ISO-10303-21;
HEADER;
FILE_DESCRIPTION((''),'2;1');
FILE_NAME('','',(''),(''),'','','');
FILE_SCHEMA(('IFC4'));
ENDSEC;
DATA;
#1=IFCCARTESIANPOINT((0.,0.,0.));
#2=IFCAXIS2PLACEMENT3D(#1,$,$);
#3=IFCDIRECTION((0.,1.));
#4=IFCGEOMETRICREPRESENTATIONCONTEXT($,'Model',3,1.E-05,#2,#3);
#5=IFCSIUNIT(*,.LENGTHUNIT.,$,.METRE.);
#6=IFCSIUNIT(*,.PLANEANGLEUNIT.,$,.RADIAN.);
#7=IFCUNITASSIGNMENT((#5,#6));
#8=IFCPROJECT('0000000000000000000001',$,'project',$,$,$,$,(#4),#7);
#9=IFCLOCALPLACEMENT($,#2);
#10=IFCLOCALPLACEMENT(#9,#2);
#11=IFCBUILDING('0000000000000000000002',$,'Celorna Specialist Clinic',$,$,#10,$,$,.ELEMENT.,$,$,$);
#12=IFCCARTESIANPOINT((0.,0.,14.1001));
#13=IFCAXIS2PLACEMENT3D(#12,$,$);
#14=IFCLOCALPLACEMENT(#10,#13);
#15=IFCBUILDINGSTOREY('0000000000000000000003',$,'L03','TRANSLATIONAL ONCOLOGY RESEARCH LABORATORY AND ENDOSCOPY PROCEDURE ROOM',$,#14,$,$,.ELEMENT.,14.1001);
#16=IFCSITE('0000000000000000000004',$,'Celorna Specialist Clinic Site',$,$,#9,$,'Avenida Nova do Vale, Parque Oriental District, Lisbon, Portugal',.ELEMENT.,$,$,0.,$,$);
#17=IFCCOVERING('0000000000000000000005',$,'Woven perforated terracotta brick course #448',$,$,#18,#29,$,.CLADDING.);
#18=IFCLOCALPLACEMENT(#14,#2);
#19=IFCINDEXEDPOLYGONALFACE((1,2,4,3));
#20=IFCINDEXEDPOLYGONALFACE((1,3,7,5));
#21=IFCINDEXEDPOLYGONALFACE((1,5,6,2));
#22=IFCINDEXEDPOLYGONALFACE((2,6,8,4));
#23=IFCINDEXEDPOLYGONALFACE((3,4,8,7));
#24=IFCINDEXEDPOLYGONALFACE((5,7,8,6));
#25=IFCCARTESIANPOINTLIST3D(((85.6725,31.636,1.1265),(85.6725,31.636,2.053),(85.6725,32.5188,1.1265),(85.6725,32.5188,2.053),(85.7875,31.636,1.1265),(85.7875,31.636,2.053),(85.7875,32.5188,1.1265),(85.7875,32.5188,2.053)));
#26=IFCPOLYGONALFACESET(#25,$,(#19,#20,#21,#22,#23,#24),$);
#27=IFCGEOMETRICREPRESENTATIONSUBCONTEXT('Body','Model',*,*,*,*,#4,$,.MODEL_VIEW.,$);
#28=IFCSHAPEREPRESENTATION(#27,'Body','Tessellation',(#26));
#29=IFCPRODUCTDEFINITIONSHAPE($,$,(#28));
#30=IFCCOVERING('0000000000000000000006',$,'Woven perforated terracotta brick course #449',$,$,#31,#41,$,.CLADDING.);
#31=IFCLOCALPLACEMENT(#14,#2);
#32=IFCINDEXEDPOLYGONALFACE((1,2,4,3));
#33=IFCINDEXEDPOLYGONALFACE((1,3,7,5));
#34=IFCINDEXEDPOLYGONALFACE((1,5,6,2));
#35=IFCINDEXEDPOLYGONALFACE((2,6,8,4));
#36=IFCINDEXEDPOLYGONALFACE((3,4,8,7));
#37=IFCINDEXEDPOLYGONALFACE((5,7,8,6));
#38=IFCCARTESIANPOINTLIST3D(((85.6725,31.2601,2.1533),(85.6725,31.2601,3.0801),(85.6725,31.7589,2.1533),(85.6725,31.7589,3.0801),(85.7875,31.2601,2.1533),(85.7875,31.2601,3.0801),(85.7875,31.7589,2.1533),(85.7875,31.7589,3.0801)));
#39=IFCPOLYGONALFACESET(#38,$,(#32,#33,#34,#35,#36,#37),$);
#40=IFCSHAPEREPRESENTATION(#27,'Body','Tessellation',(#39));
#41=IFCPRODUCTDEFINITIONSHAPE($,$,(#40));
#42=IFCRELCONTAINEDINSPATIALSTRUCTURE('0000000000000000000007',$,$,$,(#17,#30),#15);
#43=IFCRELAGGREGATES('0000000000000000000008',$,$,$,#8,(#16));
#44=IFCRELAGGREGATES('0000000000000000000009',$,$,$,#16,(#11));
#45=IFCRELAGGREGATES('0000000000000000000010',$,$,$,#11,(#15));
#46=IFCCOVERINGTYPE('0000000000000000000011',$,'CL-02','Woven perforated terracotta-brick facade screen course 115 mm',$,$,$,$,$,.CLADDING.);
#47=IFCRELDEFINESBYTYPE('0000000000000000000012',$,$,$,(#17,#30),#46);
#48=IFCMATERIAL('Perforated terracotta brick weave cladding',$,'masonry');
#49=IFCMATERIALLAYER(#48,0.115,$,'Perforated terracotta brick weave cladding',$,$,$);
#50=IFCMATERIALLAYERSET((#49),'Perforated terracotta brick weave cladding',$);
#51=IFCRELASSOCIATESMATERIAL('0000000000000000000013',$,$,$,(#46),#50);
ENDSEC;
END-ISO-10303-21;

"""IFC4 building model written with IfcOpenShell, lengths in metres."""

from ifc_helpers import new_model, si_unit, direction, frame, origin, origin_2d, place, context, subcontext, project, spatial, rectangle, extrude, material, layer, layer_set, type_object, element, save


model = new_model("IFC4")

# Units and contexts
model_context = context("Model", 3, precision=1e-05, world=origin(), true_north=direction((0.0, 1.0)))
body_context = subcontext(model_context, "Body", "Model", "MODEL_VIEW")
ifc_project = project(units=[si_unit("LENGTHUNIT", "METRE"), si_unit("PLANEANGLEUNIT", "RADIAN")], contexts=[model_context])

# Site, building, storey
site_placement = place(None, origin())
site = spatial("IfcSite", under=ifc_project, at=site_placement, Name="Celorna Specialist Clinic Site", LongName="Avenida Nova do Vale, Parque Oriental District, Lisbon, Portugal", CompositionType="ELEMENT", RefElevation=0.0)
building_placement = place(site_placement, origin())
building = spatial("IfcBuilding", under=site, at=building_placement, Name="Celorna Specialist Clinic", CompositionType="ELEMENT")
storey_placement = place(building_placement, frame((0.0, 0.0, 14.1001)))
storey = spatial("IfcBuildingStorey", under=building, at=storey_placement, Name="L03", Description="TRANSLATIONAL ONCOLOGY RESEARCH LABORATORY AND ENDOSCOPY PROCEDURE ROOM", CompositionType="ELEMENT", Elevation=14.1001)

# Coverings
ifc_material_1 = material(Name="Perforated terracotta brick weave cladding", Category="masonry")
ifc_layer_1 = layer(ifc_material_1, 0.115, Name="Perforated terracotta brick weave cladding")
ifc_layer_set_1 = layer_set([ifc_layer_1], Name="Perforated terracotta brick weave cladding")
covering_type = type_object("IfcCoveringType", Name="CL-02", Description="Woven perforated terracotta-brick facade screen course 115 mm", PredefinedType="CLADDING", material=ifc_layer_set_1)
covering_1_placement = place(storey_placement, frame((85.73, 32.0774, 1.1265), z_axis=(0.0, 0.0, 1.0), x_axis=(0.0, 1.0, 0.0)))
element("IfcCovering", 1, at=covering_1_placement, inside=storey, type_object=covering_type, Name="Woven perforated terracotta brick course #448", PredefinedType="CLADDING", context=body_context, shape_type="SweptSolid", body=[
    extrude(rectangle(XDim=0.8828, YDim=0.115, at=origin_2d()), origin(), (0.0, 0.0, 1.0), 0.9265),
])
covering_2_placement = place(storey_placement, frame((85.73, 31.5095, 2.1533), z_axis=(0.0, 0.0, 1.0), x_axis=(0.0, 1.0, 0.0)))
element("IfcCovering", 2, at=covering_2_placement, inside=storey, type_object=covering_type, Name="Woven perforated terracotta brick course #449", PredefinedType="CLADDING", context=body_context, shape_type="SweptSolid", body=[
    extrude(rectangle(XDim=0.4988, YDim=0.115, at=origin_2d()), origin(), (0.0, 0.0, 1.0), 0.9268),
])

save(model, "model.ifc")
